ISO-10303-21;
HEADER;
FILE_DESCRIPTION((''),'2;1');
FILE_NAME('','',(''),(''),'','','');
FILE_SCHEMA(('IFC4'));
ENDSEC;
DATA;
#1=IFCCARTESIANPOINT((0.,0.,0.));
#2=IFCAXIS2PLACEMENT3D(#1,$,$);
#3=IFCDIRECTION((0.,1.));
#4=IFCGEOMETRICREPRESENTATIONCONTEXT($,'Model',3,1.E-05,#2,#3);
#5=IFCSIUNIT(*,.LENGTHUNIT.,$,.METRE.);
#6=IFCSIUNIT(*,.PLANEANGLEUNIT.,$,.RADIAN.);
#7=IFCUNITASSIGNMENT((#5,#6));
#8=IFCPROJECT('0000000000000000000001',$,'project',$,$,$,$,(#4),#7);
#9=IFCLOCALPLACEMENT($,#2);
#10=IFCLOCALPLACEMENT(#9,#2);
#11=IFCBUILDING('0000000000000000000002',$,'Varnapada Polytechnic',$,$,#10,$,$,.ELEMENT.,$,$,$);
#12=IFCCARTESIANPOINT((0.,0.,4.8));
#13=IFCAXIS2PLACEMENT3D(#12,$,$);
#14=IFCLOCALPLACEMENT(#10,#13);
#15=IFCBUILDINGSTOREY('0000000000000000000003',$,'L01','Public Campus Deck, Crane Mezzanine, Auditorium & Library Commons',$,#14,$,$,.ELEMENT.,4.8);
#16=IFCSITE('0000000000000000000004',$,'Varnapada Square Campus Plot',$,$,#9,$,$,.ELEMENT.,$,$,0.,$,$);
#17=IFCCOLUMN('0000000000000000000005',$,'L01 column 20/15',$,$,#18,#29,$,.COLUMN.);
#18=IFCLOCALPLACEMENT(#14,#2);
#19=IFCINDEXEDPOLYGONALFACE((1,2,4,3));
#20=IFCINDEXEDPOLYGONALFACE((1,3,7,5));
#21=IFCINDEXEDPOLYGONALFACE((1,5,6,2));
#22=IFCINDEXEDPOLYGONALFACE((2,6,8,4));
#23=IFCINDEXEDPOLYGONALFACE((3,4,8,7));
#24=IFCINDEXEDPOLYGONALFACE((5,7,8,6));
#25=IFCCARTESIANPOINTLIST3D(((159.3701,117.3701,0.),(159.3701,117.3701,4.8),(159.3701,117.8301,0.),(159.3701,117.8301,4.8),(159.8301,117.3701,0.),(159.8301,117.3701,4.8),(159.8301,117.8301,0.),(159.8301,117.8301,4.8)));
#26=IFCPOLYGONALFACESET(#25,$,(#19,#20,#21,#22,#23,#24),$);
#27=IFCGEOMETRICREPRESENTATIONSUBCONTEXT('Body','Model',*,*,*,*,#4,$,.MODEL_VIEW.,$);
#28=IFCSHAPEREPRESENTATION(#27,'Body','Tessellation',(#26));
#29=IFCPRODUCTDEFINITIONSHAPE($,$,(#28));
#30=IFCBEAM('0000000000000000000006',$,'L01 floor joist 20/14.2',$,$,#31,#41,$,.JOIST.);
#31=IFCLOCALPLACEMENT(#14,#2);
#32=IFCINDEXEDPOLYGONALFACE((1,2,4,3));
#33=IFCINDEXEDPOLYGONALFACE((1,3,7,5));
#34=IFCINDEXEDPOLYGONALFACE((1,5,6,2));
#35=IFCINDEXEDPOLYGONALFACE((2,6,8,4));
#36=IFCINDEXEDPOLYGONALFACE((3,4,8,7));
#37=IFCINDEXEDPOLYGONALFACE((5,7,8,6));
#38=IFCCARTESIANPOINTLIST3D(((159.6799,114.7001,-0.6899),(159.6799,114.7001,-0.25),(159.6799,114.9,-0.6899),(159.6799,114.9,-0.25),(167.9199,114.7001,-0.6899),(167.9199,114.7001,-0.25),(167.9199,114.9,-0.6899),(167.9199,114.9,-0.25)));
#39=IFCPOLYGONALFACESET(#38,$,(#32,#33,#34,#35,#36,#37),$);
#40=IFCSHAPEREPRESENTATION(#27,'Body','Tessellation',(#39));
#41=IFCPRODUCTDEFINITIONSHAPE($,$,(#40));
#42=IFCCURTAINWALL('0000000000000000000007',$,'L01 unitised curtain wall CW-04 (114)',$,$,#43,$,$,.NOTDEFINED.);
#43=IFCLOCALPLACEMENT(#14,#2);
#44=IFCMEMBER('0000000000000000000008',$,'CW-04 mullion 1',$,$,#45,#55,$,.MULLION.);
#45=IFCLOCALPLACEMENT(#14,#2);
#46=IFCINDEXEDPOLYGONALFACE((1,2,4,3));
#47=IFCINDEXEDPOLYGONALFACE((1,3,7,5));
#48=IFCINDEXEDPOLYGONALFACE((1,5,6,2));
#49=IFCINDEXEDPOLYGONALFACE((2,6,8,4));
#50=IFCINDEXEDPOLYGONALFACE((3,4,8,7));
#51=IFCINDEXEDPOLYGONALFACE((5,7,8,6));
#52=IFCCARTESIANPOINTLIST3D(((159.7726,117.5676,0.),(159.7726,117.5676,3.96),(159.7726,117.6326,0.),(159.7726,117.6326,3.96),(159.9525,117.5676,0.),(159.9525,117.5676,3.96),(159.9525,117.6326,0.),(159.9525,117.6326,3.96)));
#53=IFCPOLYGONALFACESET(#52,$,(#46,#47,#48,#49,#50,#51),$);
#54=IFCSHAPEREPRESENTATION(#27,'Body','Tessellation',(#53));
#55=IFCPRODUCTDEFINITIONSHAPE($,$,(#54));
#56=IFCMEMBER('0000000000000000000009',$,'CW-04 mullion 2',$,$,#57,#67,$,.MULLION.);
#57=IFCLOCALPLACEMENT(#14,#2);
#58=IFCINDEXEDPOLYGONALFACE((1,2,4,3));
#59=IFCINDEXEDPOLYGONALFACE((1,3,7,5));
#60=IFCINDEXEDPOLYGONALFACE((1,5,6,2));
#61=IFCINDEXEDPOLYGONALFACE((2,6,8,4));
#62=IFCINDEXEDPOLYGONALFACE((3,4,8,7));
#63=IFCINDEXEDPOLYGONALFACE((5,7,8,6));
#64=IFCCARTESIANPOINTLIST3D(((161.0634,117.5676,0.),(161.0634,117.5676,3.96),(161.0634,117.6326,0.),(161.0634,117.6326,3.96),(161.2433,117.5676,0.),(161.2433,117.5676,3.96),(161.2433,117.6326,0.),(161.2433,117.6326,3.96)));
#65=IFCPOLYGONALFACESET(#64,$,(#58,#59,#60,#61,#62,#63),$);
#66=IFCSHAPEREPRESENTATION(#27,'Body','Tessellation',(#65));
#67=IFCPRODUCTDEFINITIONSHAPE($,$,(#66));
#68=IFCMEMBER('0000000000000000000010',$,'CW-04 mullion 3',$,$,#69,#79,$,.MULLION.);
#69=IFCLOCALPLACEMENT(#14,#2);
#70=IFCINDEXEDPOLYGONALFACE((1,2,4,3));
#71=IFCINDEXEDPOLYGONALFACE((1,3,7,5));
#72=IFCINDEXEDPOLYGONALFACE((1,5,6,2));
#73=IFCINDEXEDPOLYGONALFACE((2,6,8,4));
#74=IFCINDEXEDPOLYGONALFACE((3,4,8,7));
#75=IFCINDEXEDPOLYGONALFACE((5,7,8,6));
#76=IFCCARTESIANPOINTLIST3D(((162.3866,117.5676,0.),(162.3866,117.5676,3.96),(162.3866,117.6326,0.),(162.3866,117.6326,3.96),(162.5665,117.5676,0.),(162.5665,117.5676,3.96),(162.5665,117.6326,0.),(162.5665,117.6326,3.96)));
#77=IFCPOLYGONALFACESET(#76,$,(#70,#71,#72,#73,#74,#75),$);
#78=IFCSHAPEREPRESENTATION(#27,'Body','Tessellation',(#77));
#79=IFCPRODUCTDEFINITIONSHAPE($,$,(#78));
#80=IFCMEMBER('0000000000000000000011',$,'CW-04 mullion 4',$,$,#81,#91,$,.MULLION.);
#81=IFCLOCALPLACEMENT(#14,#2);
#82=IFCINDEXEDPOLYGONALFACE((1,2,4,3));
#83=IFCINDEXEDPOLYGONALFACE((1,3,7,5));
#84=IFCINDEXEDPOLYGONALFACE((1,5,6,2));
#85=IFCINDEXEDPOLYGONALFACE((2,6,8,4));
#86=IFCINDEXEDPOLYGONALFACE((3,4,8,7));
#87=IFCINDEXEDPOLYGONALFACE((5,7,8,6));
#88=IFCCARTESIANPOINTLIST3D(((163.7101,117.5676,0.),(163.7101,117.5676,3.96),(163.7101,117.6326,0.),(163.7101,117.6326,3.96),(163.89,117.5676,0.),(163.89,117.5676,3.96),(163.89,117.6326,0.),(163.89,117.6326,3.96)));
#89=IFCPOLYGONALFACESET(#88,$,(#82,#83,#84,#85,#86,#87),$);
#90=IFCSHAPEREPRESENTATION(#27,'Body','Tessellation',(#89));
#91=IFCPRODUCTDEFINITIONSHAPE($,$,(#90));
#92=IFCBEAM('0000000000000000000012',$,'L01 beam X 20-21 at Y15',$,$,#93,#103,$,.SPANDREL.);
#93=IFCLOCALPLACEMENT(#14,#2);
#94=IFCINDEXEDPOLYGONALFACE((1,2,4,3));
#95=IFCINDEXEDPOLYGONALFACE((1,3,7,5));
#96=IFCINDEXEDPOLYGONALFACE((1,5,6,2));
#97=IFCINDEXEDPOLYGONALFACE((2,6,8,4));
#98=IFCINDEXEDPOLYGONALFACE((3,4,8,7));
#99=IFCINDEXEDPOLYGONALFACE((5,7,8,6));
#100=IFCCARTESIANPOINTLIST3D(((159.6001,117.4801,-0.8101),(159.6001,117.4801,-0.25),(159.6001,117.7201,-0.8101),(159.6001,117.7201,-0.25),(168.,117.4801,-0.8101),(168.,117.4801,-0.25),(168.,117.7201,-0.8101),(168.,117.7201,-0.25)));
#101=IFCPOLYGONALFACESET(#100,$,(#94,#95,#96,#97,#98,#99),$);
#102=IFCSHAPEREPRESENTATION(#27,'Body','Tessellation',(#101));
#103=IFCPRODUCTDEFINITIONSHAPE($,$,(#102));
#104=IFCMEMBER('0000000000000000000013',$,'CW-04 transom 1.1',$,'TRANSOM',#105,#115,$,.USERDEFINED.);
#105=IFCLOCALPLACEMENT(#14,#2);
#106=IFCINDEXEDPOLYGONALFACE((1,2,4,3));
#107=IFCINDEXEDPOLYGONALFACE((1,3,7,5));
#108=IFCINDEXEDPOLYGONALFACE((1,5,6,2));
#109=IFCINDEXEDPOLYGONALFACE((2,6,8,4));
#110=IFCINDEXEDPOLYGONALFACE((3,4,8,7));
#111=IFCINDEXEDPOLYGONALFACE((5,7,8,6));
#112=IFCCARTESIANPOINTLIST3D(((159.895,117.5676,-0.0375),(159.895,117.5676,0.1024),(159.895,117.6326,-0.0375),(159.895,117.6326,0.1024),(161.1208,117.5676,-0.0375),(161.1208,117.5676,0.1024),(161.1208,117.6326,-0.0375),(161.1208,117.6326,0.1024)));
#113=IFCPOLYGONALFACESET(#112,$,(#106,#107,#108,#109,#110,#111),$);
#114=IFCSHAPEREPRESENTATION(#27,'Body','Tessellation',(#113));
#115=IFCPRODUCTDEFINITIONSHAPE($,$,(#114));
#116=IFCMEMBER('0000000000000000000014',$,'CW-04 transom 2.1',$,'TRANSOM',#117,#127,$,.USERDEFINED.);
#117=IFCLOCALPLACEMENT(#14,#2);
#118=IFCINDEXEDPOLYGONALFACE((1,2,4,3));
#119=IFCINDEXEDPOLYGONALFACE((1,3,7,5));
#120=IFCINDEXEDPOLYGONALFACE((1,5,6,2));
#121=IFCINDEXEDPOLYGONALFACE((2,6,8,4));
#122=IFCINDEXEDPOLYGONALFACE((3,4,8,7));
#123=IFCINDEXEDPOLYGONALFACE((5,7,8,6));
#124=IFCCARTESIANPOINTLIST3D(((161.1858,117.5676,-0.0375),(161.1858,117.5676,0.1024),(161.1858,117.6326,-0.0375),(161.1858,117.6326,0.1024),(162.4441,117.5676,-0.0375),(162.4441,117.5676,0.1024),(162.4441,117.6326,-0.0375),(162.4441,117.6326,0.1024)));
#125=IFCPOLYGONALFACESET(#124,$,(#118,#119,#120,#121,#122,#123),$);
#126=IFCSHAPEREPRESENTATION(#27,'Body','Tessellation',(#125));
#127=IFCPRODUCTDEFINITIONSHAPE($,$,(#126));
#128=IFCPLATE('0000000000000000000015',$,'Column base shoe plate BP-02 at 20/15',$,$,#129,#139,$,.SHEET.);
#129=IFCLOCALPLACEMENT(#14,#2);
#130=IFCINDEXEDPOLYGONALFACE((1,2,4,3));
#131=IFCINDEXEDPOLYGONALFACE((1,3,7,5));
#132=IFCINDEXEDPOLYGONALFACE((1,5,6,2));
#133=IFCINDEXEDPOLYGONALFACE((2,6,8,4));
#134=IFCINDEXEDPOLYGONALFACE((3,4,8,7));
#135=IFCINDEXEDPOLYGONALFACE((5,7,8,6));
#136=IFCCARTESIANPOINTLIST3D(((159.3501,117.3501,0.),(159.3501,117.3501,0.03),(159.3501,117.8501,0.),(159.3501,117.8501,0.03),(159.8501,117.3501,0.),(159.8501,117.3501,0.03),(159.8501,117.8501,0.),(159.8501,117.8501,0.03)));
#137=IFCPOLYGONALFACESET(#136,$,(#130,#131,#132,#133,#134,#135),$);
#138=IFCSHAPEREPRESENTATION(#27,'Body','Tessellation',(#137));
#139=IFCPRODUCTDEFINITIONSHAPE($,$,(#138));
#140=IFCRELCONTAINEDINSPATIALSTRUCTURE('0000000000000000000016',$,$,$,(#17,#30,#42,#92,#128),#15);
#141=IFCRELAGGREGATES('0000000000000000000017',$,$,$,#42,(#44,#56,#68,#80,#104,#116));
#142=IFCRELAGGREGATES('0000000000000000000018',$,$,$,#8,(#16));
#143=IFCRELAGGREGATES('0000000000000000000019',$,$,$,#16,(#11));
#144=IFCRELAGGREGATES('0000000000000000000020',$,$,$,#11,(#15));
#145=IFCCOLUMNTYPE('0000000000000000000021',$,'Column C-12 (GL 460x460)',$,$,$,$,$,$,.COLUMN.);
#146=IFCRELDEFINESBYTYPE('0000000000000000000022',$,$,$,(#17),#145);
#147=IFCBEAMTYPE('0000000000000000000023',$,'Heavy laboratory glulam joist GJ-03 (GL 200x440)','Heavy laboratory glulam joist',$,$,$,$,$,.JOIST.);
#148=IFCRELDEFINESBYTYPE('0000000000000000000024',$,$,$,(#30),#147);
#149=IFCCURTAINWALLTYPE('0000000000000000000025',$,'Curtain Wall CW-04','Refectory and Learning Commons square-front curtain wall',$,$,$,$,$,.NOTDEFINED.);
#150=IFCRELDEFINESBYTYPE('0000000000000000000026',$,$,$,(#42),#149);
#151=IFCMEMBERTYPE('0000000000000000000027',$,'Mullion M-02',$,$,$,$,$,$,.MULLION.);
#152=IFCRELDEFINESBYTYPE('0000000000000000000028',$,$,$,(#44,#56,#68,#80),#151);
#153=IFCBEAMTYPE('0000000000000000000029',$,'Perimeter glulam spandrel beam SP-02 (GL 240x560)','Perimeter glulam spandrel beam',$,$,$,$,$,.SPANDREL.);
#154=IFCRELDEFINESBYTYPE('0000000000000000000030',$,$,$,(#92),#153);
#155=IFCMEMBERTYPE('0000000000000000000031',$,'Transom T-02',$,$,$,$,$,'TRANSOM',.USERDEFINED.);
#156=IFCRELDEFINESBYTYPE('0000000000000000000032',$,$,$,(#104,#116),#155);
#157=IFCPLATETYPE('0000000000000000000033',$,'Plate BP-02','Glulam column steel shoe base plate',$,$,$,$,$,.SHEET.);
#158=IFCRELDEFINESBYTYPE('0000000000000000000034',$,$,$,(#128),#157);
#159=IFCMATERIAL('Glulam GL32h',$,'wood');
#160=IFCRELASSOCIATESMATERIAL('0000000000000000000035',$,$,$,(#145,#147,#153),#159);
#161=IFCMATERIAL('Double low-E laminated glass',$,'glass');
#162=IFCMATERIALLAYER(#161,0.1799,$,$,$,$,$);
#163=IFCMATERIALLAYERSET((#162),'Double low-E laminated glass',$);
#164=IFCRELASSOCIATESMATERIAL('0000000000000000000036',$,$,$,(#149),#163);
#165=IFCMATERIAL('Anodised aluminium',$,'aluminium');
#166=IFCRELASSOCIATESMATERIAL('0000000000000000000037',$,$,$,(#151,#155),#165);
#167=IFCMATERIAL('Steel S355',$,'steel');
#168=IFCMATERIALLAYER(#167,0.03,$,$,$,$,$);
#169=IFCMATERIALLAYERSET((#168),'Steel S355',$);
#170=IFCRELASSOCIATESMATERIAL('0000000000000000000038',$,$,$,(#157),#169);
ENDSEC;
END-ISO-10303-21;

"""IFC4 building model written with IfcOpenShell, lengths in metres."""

from ifc_helpers import new_model, si_unit, direction, frame, origin, origin_2d, place, context, subcontext, project, spatial, rectangle, extrude, material, layer, layer_set, material_profile, profile_set, type_object, element, aggregate, save


model = new_model("IFC4")

# Units and contexts
model_context = context("Model", 3, precision=1e-05, world=origin(), true_north=direction((0.0, 1.0)))
body_context = subcontext(model_context, "Body", "Model", "MODEL_VIEW")
ifc_project = project(units=[si_unit("LENGTHUNIT", "METRE"), si_unit("PLANEANGLEUNIT", "RADIAN")], contexts=[model_context])

# Site, building, storey
site_placement = place(None, origin())
site = spatial("IfcSite", under=ifc_project, at=site_placement, Name="Varnapada Square Campus Plot", CompositionType="ELEMENT", RefElevation=0.0)
building_placement = place(site_placement, origin())
building = spatial("IfcBuilding", under=site, at=building_placement, Name="Varnapada Polytechnic", CompositionType="ELEMENT")
storey_placement = place(building_placement, frame((0.0, 0.0, 4.8)))
storey = spatial("IfcBuildingStorey", under=building, at=storey_placement, Name="L01", Description="Public Campus Deck, Crane Mezzanine, Auditorium & Library Commons", CompositionType="ELEMENT", Elevation=4.8)

# Column
ifc_material_1 = material(Name="Glulam GL32h", Category="wood")
ifc_material_profile_1 = material_profile(ifc_material_1, rectangle(XDim=0.46, YDim=0.46, at=origin_2d()), Name="GL 460x460")
ifc_profile_set_1 = profile_set([ifc_material_profile_1], Name="Glulam GL32h")
column_type = type_object("IfcColumnType", Name="Column C-12 (GL 460x460)", PredefinedType="COLUMN", material=ifc_profile_set_1)
column_placement = place(storey_placement, frame((159.6001, 117.6001, 0.0), z_axis=(0.0, 0.0, 1.0), x_axis=(1.0, 0.0, 0.0)))
element("IfcColumn", 1, at=column_placement, inside=storey, type_object=column_type, Name="L01 column 20/15", PredefinedType="COLUMN", context=body_context, shape_type="SweptSolid", body=[
    extrude(rectangle(XDim=0.46, YDim=0.46, at=origin_2d()), origin(), (0.0, 0.0, 1.0), 4.8),
])

# Beam
ifc_material_profile_2 = material_profile(ifc_material_1, rectangle(XDim=0.2, YDim=0.4399, at=origin_2d()), Name="GL 200x440")
ifc_profile_set_2 = profile_set([ifc_material_profile_2], Name="Glulam GL32h")
beam_type_1 = type_object("IfcBeamType", Name="Heavy laboratory glulam joist GJ-03 (GL 200x440)", Description="Heavy laboratory glulam joist", PredefinedType="JOIST", material=ifc_profile_set_2)
beam_1_placement = place(storey_placement, frame((159.6799, 114.8, -0.47), z_axis=(1.0, 0.0, 0.0), x_axis=(0.0, 1.0, 0.0)))
element("IfcBeam", 2, at=beam_1_placement, inside=storey, type_object=beam_type_1, Name="L01 floor joist 20/14.2", PredefinedType="JOIST", context=body_context, shape_type="SweptSolid", body=[
    extrude(rectangle(XDim=0.2, YDim=0.4399, at=origin_2d()), origin(), (0.0, 0.0, 1.0), 8.24),
])

# Curtain wall, members
ifc_material_2 = material(Name="Double low-E laminated glass", Category="glass")
ifc_layer_1 = layer(ifc_material_2, 0.1799)
ifc_layer_set_1 = layer_set([ifc_layer_1], Name="Double low-E laminated glass")
curtain_wall_type = type_object("IfcCurtainWallType", Name="Curtain Wall CW-04", Description="Refectory and Learning Commons square-front curtain wall", PredefinedType="NOTDEFINED", material=ifc_layer_set_1)
curtain_wall_placement = place(storey_placement, origin())
curtain_wall = element("IfcCurtainWall", 3, at=curtain_wall_placement, inside=storey, type_object=curtain_wall_type, Name="L01 unitised curtain wall CW-04 (114)", PredefinedType="NOTDEFINED")
ifc_material_3 = material(Name="Anodised aluminium", Category="aluminium")
ifc_material_profile_3 = material_profile(ifc_material_3, rectangle(XDim=0.0649, YDim=0.1799, at=origin_2d()), Name="ALU M65x180")
ifc_profile_set_3 = profile_set([ifc_material_profile_3], Name="Anodised aluminium")
member_type_1 = type_object("IfcMemberType", Name="Mullion M-02", PredefinedType="MULLION", material=ifc_profile_set_3)
member_1_placement = place(storey_placement, frame((159.8625, 117.6001, 0.0), z_axis=(0.0, 0.0, 1.0), x_axis=(0.0, 1.0, 0.0)))
member_1 = element("IfcMember", 4, at=member_1_placement, type_object=member_type_1, Name="CW-04 mullion 1", PredefinedType="MULLION", context=body_context, shape_type="SweptSolid", body=[
    extrude(rectangle(XDim=0.0649, YDim=0.1799, at=origin_2d()), origin(), (0.0, 0.0, 1.0), 3.96),
])
member_2_placement = place(storey_placement, frame((161.1533, 117.6001, 0.0), z_axis=(0.0, 0.0, 1.0), x_axis=(0.0, 1.0, 0.0)))
member_2 = element("IfcMember", 5, at=member_2_placement, type_object=member_type_1, Name="CW-04 mullion 2", PredefinedType="MULLION", context=body_context, shape_type="SweptSolid", body=[
    extrude(rectangle(XDim=0.0649, YDim=0.1799, at=origin_2d()), origin(), (0.0, 0.0, 1.0), 3.96),
])
member_3_placement = place(storey_placement, frame((162.4766, 117.6001, 0.0), z_axis=(0.0, 0.0, 1.0), x_axis=(0.0, 1.0, 0.0)))
member_3 = element("IfcMember", 6, at=member_3_placement, type_object=member_type_1, Name="CW-04 mullion 3", PredefinedType="MULLION", context=body_context, shape_type="SweptSolid", body=[
    extrude(rectangle(XDim=0.0649, YDim=0.1799, at=origin_2d()), origin(), (0.0, 0.0, 1.0), 3.96),
])
member_4_placement = place(storey_placement, frame((163.8, 117.6001, 0.0), z_axis=(0.0, 0.0, 1.0), x_axis=(0.0, 1.0, 0.0)))
member_4 = element("IfcMember", 7, at=member_4_placement, type_object=member_type_1, Name="CW-04 mullion 4", PredefinedType="MULLION", context=body_context, shape_type="SweptSolid", body=[
    extrude(rectangle(XDim=0.0649, YDim=0.1799, at=origin_2d()), origin(), (0.0, 0.0, 1.0), 3.96),
])

# Beam
ifc_material_profile_4 = material_profile(ifc_material_1, rectangle(XDim=0.24, YDim=0.5601, at=origin_2d()), Name="GL 240x560")
ifc_profile_set_4 = profile_set([ifc_material_profile_4], Name="Glulam GL32h")
beam_type_2 = type_object("IfcBeamType", Name="Perimeter glulam spandrel beam SP-02 (GL 240x560)", Description="Perimeter glulam spandrel beam", PredefinedType="SPANDREL", material=ifc_profile_set_4)
beam_2_placement = place(storey_placement, frame((159.6001, 117.6001, -0.53), z_axis=(1.0, 0.0, 0.0), x_axis=(0.0, 1.0, 0.0)))
element("IfcBeam", 8, at=beam_2_placement, inside=storey, type_object=beam_type_2, Name="L01 beam X 20-21 at Y15", PredefinedType="SPANDREL", context=body_context, shape_type="SweptSolid", body=[
    extrude(rectangle(XDim=0.24, YDim=0.5601, at=origin_2d()), origin(), (0.0, 0.0, 1.0), 8.3999),
])

# Members
ifc_material_profile_5 = material_profile(ifc_material_3, rectangle(XDim=0.0649, YDim=0.1399, at=origin_2d()), Name="ALU T65x140")
ifc_profile_set_5 = profile_set([ifc_material_profile_5], Name="Anodised aluminium")
member_type_2 = type_object("IfcMemberType", Name="Transom T-02", ElementType="TRANSOM", PredefinedType="USERDEFINED", material=ifc_profile_set_5)
member_5_placement = place(storey_placement, frame((159.895, 117.6001, 0.0325), z_axis=(1.0, 0.0, 0.0), x_axis=(0.0, 1.0, 0.0)))
member_5 = element("IfcMember", 9, at=member_5_placement, type_object=member_type_2, Name="CW-04 transom 1.1", ObjectType="TRANSOM", PredefinedType="USERDEFINED", context=body_context, shape_type="SweptSolid", body=[
    extrude(rectangle(XDim=0.0649, YDim=0.1399, at=origin_2d()), origin(), (0.0, 0.0, 1.0), 1.2258),
])
member_6_placement = place(storey_placement, frame((161.1858, 117.6001, 0.0325), z_axis=(1.0, 0.0, 0.0), x_axis=(0.0, 1.0, 0.0)))
member_6 = element("IfcMember", 10, at=member_6_placement, type_object=member_type_2, Name="CW-04 transom 2.1", ObjectType="TRANSOM", PredefinedType="USERDEFINED", context=body_context, shape_type="SweptSolid", body=[
    extrude(rectangle(XDim=0.0649, YDim=0.1399, at=origin_2d()), origin(), (0.0, 0.0, 1.0), 1.2583),
])
aggregate(curtain_wall, [member_1, member_2, member_3, member_4, member_5, member_6])

# Plate
ifc_material_4 = material(Name="Steel S355", Category="steel")
ifc_layer_2 = layer(ifc_material_4, 0.03)
ifc_layer_set_2 = layer_set([ifc_layer_2], Name="Steel S355")
plate_type = type_object("IfcPlateType", Name="Plate BP-02", Description="Glulam column steel shoe base plate", PredefinedType="SHEET", material=ifc_layer_set_2)
plate_placement = place(storey_placement, frame((159.6001, 117.6001, 0.0), z_axis=(0.0, 0.0, 1.0), x_axis=(1.0, 0.0, 0.0)))
element("IfcPlate", 11, at=plate_placement, inside=storey, type_object=plate_type, Name="Column base shoe plate BP-02 at 20/15", PredefinedType="SHEET", context=body_context, shape_type="SweptSolid", body=[
    extrude(rectangle(XDim=0.5, YDim=0.5, at=origin_2d()), origin(), (0.0, 0.0, 1.0), 0.03),
])

save(model, "model.ifc")
